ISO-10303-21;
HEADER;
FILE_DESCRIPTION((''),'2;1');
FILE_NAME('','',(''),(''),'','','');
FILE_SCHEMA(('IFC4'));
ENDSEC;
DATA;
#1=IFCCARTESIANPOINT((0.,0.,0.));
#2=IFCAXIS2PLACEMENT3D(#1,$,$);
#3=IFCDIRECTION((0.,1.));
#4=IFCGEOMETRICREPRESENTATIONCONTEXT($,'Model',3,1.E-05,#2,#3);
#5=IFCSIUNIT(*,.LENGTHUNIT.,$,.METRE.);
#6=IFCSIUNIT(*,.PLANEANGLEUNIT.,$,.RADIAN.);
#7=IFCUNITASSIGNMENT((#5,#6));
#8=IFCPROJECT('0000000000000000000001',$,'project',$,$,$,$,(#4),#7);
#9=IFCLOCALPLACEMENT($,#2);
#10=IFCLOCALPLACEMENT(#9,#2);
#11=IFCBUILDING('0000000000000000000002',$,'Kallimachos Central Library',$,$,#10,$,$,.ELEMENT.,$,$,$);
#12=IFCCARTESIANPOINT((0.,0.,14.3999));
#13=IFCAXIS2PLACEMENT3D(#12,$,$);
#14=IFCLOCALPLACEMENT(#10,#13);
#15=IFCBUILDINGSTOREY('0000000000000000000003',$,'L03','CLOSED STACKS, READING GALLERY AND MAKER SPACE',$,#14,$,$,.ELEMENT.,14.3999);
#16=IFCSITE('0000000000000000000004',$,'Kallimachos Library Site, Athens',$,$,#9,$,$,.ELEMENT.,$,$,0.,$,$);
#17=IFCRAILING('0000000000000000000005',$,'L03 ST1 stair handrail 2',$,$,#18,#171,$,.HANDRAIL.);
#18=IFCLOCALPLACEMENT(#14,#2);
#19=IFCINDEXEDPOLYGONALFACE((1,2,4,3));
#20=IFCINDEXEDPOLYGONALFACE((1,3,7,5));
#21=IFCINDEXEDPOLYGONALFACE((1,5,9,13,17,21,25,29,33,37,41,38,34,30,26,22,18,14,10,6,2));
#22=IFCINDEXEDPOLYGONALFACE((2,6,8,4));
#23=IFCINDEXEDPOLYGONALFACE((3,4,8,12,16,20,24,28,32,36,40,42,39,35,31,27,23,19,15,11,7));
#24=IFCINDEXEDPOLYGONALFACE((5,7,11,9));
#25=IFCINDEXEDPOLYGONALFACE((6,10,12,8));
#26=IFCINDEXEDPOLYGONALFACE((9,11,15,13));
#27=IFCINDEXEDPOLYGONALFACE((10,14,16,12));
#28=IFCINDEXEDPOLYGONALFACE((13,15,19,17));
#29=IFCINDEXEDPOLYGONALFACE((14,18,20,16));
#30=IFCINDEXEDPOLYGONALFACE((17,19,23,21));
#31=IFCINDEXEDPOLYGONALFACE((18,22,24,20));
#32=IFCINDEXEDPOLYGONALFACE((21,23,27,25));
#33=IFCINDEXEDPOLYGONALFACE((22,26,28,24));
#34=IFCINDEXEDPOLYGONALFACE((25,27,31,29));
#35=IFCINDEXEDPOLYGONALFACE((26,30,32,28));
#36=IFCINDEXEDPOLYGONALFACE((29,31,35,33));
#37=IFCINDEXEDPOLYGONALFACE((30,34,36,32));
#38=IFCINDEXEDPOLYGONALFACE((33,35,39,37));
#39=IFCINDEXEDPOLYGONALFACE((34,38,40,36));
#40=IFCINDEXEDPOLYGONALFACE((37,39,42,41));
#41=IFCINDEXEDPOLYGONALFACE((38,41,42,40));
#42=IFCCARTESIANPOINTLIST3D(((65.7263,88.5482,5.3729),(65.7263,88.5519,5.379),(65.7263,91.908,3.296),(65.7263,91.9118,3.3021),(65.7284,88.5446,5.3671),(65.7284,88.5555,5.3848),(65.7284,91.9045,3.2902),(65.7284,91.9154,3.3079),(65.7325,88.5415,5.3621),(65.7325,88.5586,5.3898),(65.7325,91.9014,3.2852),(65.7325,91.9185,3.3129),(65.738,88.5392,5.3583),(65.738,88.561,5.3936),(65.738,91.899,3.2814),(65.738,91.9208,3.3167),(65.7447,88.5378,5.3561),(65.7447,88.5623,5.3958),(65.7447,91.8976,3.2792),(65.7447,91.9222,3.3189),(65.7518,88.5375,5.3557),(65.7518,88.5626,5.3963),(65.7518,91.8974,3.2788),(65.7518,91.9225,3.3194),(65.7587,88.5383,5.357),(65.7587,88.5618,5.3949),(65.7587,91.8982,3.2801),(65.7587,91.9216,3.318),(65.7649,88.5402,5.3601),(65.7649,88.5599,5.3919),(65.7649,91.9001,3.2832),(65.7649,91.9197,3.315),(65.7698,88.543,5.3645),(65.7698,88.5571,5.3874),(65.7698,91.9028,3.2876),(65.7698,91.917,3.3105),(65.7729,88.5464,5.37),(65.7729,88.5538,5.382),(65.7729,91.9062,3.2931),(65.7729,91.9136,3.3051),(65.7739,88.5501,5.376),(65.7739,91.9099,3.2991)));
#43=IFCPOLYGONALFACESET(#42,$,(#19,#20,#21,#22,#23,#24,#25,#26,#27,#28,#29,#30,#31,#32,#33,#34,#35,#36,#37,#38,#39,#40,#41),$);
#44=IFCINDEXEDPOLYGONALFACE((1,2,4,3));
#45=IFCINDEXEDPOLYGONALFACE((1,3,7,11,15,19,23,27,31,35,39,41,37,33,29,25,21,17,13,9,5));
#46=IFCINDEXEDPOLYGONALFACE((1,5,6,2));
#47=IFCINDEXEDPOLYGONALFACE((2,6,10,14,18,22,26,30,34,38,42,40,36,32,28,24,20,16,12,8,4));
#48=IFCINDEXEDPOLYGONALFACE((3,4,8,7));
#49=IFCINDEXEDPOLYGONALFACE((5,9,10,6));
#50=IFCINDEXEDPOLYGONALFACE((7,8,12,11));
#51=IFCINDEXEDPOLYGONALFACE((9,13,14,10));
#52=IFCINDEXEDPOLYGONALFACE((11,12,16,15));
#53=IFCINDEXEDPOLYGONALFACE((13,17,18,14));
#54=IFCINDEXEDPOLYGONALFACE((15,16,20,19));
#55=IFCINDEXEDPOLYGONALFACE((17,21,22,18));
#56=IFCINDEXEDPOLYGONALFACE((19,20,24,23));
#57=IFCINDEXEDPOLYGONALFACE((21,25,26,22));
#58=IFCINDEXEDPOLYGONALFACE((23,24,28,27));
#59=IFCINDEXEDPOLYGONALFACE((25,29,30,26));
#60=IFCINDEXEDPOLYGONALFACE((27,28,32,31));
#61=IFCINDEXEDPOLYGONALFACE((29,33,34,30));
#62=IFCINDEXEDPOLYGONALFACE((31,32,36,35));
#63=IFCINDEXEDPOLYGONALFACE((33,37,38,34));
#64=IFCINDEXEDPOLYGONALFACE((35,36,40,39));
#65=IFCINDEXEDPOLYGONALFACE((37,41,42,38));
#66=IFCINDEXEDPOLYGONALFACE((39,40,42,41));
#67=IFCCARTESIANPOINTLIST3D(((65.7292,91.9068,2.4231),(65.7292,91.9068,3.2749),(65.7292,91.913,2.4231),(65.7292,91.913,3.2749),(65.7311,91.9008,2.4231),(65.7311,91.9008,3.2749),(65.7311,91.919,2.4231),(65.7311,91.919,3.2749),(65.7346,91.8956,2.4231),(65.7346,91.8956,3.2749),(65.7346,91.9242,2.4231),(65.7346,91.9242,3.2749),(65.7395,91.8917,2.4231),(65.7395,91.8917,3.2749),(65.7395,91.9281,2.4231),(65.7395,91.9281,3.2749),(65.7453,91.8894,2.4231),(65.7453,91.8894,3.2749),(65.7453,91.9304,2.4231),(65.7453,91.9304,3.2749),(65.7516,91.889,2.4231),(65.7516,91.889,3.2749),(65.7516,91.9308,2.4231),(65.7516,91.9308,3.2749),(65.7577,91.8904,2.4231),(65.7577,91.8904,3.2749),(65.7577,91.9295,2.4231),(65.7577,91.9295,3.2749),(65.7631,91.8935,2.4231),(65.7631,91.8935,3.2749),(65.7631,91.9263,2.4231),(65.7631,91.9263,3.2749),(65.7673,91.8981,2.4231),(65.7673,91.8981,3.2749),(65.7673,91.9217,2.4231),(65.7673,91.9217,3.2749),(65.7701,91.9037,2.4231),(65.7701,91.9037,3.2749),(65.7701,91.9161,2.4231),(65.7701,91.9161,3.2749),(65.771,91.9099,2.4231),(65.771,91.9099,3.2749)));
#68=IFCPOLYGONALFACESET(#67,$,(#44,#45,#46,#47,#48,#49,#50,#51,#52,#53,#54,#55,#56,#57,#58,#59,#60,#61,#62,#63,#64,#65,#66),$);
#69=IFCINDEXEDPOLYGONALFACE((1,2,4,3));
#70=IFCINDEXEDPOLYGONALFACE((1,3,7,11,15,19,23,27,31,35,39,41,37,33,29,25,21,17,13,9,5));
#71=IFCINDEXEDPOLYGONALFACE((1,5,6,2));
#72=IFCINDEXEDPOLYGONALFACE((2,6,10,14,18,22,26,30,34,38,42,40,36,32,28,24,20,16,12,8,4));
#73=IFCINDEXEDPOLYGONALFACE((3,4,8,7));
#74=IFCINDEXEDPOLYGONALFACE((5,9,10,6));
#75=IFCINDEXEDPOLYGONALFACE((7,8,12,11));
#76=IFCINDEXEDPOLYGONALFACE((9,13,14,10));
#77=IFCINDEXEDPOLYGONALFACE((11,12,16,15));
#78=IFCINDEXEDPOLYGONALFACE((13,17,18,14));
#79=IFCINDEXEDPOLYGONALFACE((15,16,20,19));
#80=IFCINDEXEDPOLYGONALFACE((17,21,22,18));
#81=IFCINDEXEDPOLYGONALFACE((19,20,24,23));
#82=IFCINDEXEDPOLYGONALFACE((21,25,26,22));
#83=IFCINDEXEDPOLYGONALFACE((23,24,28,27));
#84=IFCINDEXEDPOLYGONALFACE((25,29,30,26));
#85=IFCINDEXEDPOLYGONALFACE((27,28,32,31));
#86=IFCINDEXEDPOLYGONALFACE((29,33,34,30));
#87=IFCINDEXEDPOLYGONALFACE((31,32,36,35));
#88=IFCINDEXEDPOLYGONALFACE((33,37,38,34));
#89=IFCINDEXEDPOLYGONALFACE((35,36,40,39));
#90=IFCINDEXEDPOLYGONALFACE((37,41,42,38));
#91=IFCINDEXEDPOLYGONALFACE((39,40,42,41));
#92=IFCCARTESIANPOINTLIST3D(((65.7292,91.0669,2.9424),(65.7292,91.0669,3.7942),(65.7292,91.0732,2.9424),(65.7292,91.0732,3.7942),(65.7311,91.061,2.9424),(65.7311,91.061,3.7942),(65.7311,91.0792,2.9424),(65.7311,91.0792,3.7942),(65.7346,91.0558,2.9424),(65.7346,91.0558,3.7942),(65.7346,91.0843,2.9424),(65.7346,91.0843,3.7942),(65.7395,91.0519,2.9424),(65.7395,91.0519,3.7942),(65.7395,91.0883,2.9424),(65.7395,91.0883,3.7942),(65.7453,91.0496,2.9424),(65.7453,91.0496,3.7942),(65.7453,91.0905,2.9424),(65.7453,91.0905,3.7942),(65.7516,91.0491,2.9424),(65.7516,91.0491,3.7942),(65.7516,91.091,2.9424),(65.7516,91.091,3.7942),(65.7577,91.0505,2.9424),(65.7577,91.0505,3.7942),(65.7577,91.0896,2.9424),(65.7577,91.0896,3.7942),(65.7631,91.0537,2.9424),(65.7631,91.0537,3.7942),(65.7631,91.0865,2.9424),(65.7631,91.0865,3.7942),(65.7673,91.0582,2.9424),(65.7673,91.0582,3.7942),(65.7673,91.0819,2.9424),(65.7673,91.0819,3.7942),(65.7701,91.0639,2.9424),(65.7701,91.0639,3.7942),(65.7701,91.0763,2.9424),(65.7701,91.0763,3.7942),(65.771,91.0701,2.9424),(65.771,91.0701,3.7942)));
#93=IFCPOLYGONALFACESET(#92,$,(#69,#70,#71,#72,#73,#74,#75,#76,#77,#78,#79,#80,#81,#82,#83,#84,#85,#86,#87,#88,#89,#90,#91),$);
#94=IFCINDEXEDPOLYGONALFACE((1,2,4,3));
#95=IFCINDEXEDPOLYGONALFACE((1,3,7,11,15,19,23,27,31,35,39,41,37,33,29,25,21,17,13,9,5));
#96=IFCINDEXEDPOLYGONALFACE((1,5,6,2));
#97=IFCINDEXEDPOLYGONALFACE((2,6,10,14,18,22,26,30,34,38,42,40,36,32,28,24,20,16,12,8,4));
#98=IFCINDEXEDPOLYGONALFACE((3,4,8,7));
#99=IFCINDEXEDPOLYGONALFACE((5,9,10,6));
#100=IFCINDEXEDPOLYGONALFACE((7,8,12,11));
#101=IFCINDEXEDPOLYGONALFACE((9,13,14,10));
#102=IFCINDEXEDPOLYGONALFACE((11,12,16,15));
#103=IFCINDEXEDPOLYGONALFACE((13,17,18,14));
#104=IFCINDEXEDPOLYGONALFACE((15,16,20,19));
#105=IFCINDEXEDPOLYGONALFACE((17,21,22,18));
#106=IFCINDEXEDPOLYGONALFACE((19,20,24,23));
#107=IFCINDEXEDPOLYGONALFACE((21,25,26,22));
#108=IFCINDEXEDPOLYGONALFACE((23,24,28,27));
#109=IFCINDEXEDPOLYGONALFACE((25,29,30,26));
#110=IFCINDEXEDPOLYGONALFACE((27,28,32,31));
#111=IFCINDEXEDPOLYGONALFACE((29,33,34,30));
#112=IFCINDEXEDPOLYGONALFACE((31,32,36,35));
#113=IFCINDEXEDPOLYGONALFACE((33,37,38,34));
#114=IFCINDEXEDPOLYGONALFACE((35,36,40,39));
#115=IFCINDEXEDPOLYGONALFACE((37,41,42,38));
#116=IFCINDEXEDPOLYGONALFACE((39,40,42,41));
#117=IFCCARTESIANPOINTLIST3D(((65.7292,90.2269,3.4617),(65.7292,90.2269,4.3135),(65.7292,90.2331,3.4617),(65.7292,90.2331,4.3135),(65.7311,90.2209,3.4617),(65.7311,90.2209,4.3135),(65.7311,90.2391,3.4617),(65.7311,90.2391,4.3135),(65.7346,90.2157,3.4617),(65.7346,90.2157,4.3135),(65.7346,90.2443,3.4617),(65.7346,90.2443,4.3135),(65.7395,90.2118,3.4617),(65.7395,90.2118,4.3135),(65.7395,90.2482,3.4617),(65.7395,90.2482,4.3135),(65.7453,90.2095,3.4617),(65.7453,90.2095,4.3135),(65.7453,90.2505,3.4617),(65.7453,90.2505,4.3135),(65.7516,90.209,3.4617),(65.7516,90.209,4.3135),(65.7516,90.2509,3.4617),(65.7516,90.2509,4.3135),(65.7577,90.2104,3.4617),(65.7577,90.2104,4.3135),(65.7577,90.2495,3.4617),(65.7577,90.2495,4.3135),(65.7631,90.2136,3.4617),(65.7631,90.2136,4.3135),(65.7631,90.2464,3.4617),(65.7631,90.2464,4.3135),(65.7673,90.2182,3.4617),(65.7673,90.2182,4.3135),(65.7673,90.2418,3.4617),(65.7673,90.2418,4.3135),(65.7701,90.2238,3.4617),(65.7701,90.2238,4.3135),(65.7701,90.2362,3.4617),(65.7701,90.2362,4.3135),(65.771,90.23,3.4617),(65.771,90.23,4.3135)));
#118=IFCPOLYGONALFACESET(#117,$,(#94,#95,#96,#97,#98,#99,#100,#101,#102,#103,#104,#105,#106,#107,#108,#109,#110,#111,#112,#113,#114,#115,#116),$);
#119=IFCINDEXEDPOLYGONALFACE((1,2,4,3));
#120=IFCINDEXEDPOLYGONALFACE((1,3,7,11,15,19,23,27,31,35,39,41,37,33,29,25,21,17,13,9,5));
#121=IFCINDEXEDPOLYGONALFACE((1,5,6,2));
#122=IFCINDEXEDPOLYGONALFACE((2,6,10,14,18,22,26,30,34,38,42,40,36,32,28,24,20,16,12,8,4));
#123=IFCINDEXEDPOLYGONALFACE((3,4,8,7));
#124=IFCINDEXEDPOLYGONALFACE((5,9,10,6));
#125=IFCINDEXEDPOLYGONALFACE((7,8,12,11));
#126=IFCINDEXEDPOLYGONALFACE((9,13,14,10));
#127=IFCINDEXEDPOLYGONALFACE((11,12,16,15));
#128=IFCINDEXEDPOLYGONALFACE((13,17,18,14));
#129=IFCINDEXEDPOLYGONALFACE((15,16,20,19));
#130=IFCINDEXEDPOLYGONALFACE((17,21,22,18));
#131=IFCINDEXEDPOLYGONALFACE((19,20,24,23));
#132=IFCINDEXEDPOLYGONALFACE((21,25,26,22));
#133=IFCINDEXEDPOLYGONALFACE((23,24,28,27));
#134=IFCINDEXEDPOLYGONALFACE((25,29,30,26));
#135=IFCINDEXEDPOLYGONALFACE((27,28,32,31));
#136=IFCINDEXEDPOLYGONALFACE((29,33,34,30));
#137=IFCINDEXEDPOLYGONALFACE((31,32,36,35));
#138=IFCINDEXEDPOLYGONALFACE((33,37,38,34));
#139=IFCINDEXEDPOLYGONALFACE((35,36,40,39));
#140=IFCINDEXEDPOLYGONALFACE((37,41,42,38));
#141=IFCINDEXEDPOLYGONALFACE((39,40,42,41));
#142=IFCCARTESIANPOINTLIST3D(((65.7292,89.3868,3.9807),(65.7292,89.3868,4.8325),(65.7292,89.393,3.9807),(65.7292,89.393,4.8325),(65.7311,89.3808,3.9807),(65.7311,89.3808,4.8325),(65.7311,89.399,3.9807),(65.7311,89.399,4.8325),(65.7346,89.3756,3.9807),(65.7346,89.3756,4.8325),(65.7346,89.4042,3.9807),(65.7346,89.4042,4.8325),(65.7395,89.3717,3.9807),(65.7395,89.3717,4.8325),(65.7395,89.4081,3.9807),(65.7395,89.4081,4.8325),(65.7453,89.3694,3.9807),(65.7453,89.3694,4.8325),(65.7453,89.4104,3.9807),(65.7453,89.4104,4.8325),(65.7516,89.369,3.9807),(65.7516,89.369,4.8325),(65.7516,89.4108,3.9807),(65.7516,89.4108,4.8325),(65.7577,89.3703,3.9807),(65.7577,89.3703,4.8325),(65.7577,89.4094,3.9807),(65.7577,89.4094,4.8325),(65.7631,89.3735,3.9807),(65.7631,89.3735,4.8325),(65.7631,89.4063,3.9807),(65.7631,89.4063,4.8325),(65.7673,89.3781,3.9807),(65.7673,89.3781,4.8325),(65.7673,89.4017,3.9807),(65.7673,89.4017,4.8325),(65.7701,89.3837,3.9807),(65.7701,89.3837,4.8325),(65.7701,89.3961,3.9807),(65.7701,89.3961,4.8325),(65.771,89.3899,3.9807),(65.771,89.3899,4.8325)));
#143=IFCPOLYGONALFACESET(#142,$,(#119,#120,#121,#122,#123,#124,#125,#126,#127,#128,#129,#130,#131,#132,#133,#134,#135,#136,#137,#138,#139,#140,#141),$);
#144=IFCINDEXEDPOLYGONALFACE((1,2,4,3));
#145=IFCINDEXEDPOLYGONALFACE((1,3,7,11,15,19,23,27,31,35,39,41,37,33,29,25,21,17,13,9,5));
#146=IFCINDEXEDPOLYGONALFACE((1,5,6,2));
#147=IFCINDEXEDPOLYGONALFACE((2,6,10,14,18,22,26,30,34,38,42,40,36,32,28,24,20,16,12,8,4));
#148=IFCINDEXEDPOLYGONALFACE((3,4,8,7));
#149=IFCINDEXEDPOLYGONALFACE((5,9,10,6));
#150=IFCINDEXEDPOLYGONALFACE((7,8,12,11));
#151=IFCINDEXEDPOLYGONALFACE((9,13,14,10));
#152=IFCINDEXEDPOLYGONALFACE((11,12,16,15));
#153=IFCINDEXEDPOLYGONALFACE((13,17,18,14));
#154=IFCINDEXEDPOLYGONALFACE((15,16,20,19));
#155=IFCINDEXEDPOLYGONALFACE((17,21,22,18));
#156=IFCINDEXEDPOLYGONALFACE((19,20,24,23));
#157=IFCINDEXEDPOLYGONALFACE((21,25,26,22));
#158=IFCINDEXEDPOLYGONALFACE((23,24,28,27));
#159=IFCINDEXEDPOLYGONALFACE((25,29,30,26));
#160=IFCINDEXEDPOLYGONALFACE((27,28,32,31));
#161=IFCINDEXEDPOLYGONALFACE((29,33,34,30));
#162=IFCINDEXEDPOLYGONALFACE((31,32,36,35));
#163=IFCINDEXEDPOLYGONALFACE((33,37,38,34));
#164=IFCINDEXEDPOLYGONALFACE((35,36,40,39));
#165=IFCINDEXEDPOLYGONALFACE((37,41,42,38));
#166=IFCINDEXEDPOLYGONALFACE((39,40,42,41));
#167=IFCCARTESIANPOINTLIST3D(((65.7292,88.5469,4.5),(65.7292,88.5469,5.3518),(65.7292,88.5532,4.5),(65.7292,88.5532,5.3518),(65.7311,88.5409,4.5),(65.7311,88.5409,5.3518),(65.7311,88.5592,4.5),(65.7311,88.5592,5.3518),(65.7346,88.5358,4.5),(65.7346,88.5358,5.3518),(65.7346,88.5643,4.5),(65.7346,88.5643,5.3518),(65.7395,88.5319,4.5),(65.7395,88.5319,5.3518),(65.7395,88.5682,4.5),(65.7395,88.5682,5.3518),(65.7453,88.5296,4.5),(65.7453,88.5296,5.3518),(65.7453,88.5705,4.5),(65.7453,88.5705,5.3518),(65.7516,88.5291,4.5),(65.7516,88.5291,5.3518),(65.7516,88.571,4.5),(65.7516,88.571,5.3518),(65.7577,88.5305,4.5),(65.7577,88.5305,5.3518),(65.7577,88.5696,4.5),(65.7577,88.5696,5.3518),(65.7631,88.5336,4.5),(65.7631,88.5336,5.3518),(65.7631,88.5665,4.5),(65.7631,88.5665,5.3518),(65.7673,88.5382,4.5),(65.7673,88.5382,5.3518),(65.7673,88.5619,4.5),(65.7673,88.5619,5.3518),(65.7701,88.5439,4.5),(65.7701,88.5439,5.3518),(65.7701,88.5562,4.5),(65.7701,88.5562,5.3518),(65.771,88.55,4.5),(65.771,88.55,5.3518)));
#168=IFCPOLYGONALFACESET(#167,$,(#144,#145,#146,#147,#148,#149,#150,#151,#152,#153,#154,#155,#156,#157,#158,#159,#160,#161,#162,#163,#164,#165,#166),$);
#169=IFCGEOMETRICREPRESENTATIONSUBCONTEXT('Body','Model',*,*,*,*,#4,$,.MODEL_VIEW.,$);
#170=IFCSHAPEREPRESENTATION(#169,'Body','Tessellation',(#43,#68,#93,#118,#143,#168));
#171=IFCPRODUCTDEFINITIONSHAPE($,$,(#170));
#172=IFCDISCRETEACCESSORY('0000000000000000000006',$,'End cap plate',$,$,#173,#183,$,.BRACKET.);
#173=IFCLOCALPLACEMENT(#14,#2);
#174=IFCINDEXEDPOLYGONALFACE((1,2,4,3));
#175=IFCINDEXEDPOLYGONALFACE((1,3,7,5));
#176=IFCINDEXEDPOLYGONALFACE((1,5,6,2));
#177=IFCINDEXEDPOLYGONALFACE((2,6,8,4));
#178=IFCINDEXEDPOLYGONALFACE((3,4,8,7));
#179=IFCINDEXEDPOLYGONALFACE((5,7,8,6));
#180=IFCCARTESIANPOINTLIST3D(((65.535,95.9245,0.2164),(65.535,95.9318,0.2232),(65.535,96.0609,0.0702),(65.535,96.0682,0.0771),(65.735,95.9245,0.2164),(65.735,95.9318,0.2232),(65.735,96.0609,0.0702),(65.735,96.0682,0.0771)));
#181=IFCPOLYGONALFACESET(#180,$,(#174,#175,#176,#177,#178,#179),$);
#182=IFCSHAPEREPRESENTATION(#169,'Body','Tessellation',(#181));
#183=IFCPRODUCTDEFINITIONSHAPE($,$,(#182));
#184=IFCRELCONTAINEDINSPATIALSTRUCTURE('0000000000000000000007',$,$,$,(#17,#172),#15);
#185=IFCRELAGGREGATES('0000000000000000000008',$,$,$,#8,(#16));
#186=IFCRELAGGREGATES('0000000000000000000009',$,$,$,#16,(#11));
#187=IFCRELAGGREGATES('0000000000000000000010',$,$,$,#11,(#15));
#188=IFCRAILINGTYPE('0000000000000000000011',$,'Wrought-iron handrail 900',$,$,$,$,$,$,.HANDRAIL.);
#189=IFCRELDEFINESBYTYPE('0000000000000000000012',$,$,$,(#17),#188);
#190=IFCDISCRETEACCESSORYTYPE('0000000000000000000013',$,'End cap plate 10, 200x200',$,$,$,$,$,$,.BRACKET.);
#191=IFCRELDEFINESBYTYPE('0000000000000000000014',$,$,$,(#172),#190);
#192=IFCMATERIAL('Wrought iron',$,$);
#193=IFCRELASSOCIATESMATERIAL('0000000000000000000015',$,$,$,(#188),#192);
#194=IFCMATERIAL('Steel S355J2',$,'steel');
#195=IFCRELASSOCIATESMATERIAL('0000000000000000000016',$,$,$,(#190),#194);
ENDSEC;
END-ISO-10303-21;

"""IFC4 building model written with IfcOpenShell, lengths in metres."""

from ifc_helpers import new_model, si_unit, direction, frame, origin, origin_2d, place, context, subcontext, project, spatial, rectangle, circle, extrude, material, material_profile, profile_set, type_object, element, save


model = new_model("IFC4")

# Units and contexts
model_context = context("Model", 3, precision=1e-05, world=origin(), true_north=direction((0.0, 1.0)))
body_context = subcontext(model_context, "Body", "Model", "MODEL_VIEW")
ifc_project = project(units=[si_unit("LENGTHUNIT", "METRE"), si_unit("PLANEANGLEUNIT", "RADIAN")], contexts=[model_context])

# Site, building, storey
site_placement = place(None, origin())
site = spatial("IfcSite", under=ifc_project, at=site_placement, Name="Kallimachos Library Site, Athens", CompositionType="ELEMENT", RefElevation=0.0)
building_placement = place(site_placement, origin())
building = spatial("IfcBuilding", under=site, at=building_placement, Name="Kallimachos Central Library", CompositionType="ELEMENT")
storey_placement = place(building_placement, frame((0.0, 0.0, 14.3999)))
storey = spatial("IfcBuildingStorey", under=building, at=storey_placement, Name="L03", Description="CLOSED STACKS, READING GALLERY AND MAKER SPACE", CompositionType="ELEMENT", Elevation=14.3999)

# Railing
ifc_material_1 = material(Name="Wrought iron")
railing_type = type_object("IfcRailingType", Name="Wrought-iron handrail 900", PredefinedType="HANDRAIL", material=ifc_material_1)
railing_placement = place(storey_placement, frame((65.75, 91.9099, 2.4231)))
element("IfcRailing", 1, at=railing_placement, inside=storey, type_object=railing_type, Name="L03 ST1 stair handrail 2", PredefinedType="HANDRAIL", context=body_context, shape_type="SweptSolid", body=[
    extrude(circle(Radius=0.0239, at=origin_2d()), frame((0.0, 0.0, 0.876), z_axis=(0.0, -0.850606, 0.525803), x_axis=(1.0, 0.0, 0.0)), (0.0, 0.0, 1.0), 3.95),
    extrude(circle(Radius=0.021, at=origin_2d()), origin(), (0.0, 0.0, 1.0), 0.8518),
    extrude(circle(Radius=0.021, at=origin_2d()), frame((0.0, -0.8398, 0.5193)), (0.0, 0.0, 1.0), 0.8518),
    extrude(circle(Radius=0.021, at=origin_2d()), frame((0.0, -1.6799, 1.0386)), (0.0, 0.0, 1.0), 0.8518),
    extrude(circle(Radius=0.021, at=origin_2d()), frame((0.0, -2.52, 1.5576)), (0.0, 0.0, 1.0), 0.8518),
    extrude(circle(Radius=0.021, at=origin_2d()), frame((0.0, -3.3599, 2.0769)), (0.0, 0.0, 1.0), 0.8518),
])

# Discrete accessory
ifc_material_2 = material(Name="Steel S355J2", Category="steel")
ifc_material_profile_1 = material_profile(ifc_material_2, rectangle(XDim=0.2, YDim=0.2, at=origin_2d()), Name="End cap plate 10, 200x200")
ifc_profile_set_1 = profile_set([ifc_material_profile_1], Name="Steel S355J2")
discrete_accessory_type = type_object("IfcDiscreteAccessoryType", Name="End cap plate 10, 200x200", PredefinedType="BRACKET", material=ifc_profile_set_1)
discrete_accessory_placement = place(storey_placement, frame((65.635, 95.9927, 0.1433), z_axis=(0.0, 0.731055, 0.682318), x_axis=(-1.0, 0.0, 0.0)))
element("IfcDiscreteAccessory", 2, at=discrete_accessory_placement, inside=storey, type_object=discrete_accessory_type, Name="End cap plate", PredefinedType="BRACKET", context=body_context, shape_type="SweptSolid", body=[
    extrude(rectangle(XDim=0.2, YDim=0.2, at=origin_2d()), origin(), (0.0, 0.0, 1.0), 0.01),
])

save(model, "model.ifc")
